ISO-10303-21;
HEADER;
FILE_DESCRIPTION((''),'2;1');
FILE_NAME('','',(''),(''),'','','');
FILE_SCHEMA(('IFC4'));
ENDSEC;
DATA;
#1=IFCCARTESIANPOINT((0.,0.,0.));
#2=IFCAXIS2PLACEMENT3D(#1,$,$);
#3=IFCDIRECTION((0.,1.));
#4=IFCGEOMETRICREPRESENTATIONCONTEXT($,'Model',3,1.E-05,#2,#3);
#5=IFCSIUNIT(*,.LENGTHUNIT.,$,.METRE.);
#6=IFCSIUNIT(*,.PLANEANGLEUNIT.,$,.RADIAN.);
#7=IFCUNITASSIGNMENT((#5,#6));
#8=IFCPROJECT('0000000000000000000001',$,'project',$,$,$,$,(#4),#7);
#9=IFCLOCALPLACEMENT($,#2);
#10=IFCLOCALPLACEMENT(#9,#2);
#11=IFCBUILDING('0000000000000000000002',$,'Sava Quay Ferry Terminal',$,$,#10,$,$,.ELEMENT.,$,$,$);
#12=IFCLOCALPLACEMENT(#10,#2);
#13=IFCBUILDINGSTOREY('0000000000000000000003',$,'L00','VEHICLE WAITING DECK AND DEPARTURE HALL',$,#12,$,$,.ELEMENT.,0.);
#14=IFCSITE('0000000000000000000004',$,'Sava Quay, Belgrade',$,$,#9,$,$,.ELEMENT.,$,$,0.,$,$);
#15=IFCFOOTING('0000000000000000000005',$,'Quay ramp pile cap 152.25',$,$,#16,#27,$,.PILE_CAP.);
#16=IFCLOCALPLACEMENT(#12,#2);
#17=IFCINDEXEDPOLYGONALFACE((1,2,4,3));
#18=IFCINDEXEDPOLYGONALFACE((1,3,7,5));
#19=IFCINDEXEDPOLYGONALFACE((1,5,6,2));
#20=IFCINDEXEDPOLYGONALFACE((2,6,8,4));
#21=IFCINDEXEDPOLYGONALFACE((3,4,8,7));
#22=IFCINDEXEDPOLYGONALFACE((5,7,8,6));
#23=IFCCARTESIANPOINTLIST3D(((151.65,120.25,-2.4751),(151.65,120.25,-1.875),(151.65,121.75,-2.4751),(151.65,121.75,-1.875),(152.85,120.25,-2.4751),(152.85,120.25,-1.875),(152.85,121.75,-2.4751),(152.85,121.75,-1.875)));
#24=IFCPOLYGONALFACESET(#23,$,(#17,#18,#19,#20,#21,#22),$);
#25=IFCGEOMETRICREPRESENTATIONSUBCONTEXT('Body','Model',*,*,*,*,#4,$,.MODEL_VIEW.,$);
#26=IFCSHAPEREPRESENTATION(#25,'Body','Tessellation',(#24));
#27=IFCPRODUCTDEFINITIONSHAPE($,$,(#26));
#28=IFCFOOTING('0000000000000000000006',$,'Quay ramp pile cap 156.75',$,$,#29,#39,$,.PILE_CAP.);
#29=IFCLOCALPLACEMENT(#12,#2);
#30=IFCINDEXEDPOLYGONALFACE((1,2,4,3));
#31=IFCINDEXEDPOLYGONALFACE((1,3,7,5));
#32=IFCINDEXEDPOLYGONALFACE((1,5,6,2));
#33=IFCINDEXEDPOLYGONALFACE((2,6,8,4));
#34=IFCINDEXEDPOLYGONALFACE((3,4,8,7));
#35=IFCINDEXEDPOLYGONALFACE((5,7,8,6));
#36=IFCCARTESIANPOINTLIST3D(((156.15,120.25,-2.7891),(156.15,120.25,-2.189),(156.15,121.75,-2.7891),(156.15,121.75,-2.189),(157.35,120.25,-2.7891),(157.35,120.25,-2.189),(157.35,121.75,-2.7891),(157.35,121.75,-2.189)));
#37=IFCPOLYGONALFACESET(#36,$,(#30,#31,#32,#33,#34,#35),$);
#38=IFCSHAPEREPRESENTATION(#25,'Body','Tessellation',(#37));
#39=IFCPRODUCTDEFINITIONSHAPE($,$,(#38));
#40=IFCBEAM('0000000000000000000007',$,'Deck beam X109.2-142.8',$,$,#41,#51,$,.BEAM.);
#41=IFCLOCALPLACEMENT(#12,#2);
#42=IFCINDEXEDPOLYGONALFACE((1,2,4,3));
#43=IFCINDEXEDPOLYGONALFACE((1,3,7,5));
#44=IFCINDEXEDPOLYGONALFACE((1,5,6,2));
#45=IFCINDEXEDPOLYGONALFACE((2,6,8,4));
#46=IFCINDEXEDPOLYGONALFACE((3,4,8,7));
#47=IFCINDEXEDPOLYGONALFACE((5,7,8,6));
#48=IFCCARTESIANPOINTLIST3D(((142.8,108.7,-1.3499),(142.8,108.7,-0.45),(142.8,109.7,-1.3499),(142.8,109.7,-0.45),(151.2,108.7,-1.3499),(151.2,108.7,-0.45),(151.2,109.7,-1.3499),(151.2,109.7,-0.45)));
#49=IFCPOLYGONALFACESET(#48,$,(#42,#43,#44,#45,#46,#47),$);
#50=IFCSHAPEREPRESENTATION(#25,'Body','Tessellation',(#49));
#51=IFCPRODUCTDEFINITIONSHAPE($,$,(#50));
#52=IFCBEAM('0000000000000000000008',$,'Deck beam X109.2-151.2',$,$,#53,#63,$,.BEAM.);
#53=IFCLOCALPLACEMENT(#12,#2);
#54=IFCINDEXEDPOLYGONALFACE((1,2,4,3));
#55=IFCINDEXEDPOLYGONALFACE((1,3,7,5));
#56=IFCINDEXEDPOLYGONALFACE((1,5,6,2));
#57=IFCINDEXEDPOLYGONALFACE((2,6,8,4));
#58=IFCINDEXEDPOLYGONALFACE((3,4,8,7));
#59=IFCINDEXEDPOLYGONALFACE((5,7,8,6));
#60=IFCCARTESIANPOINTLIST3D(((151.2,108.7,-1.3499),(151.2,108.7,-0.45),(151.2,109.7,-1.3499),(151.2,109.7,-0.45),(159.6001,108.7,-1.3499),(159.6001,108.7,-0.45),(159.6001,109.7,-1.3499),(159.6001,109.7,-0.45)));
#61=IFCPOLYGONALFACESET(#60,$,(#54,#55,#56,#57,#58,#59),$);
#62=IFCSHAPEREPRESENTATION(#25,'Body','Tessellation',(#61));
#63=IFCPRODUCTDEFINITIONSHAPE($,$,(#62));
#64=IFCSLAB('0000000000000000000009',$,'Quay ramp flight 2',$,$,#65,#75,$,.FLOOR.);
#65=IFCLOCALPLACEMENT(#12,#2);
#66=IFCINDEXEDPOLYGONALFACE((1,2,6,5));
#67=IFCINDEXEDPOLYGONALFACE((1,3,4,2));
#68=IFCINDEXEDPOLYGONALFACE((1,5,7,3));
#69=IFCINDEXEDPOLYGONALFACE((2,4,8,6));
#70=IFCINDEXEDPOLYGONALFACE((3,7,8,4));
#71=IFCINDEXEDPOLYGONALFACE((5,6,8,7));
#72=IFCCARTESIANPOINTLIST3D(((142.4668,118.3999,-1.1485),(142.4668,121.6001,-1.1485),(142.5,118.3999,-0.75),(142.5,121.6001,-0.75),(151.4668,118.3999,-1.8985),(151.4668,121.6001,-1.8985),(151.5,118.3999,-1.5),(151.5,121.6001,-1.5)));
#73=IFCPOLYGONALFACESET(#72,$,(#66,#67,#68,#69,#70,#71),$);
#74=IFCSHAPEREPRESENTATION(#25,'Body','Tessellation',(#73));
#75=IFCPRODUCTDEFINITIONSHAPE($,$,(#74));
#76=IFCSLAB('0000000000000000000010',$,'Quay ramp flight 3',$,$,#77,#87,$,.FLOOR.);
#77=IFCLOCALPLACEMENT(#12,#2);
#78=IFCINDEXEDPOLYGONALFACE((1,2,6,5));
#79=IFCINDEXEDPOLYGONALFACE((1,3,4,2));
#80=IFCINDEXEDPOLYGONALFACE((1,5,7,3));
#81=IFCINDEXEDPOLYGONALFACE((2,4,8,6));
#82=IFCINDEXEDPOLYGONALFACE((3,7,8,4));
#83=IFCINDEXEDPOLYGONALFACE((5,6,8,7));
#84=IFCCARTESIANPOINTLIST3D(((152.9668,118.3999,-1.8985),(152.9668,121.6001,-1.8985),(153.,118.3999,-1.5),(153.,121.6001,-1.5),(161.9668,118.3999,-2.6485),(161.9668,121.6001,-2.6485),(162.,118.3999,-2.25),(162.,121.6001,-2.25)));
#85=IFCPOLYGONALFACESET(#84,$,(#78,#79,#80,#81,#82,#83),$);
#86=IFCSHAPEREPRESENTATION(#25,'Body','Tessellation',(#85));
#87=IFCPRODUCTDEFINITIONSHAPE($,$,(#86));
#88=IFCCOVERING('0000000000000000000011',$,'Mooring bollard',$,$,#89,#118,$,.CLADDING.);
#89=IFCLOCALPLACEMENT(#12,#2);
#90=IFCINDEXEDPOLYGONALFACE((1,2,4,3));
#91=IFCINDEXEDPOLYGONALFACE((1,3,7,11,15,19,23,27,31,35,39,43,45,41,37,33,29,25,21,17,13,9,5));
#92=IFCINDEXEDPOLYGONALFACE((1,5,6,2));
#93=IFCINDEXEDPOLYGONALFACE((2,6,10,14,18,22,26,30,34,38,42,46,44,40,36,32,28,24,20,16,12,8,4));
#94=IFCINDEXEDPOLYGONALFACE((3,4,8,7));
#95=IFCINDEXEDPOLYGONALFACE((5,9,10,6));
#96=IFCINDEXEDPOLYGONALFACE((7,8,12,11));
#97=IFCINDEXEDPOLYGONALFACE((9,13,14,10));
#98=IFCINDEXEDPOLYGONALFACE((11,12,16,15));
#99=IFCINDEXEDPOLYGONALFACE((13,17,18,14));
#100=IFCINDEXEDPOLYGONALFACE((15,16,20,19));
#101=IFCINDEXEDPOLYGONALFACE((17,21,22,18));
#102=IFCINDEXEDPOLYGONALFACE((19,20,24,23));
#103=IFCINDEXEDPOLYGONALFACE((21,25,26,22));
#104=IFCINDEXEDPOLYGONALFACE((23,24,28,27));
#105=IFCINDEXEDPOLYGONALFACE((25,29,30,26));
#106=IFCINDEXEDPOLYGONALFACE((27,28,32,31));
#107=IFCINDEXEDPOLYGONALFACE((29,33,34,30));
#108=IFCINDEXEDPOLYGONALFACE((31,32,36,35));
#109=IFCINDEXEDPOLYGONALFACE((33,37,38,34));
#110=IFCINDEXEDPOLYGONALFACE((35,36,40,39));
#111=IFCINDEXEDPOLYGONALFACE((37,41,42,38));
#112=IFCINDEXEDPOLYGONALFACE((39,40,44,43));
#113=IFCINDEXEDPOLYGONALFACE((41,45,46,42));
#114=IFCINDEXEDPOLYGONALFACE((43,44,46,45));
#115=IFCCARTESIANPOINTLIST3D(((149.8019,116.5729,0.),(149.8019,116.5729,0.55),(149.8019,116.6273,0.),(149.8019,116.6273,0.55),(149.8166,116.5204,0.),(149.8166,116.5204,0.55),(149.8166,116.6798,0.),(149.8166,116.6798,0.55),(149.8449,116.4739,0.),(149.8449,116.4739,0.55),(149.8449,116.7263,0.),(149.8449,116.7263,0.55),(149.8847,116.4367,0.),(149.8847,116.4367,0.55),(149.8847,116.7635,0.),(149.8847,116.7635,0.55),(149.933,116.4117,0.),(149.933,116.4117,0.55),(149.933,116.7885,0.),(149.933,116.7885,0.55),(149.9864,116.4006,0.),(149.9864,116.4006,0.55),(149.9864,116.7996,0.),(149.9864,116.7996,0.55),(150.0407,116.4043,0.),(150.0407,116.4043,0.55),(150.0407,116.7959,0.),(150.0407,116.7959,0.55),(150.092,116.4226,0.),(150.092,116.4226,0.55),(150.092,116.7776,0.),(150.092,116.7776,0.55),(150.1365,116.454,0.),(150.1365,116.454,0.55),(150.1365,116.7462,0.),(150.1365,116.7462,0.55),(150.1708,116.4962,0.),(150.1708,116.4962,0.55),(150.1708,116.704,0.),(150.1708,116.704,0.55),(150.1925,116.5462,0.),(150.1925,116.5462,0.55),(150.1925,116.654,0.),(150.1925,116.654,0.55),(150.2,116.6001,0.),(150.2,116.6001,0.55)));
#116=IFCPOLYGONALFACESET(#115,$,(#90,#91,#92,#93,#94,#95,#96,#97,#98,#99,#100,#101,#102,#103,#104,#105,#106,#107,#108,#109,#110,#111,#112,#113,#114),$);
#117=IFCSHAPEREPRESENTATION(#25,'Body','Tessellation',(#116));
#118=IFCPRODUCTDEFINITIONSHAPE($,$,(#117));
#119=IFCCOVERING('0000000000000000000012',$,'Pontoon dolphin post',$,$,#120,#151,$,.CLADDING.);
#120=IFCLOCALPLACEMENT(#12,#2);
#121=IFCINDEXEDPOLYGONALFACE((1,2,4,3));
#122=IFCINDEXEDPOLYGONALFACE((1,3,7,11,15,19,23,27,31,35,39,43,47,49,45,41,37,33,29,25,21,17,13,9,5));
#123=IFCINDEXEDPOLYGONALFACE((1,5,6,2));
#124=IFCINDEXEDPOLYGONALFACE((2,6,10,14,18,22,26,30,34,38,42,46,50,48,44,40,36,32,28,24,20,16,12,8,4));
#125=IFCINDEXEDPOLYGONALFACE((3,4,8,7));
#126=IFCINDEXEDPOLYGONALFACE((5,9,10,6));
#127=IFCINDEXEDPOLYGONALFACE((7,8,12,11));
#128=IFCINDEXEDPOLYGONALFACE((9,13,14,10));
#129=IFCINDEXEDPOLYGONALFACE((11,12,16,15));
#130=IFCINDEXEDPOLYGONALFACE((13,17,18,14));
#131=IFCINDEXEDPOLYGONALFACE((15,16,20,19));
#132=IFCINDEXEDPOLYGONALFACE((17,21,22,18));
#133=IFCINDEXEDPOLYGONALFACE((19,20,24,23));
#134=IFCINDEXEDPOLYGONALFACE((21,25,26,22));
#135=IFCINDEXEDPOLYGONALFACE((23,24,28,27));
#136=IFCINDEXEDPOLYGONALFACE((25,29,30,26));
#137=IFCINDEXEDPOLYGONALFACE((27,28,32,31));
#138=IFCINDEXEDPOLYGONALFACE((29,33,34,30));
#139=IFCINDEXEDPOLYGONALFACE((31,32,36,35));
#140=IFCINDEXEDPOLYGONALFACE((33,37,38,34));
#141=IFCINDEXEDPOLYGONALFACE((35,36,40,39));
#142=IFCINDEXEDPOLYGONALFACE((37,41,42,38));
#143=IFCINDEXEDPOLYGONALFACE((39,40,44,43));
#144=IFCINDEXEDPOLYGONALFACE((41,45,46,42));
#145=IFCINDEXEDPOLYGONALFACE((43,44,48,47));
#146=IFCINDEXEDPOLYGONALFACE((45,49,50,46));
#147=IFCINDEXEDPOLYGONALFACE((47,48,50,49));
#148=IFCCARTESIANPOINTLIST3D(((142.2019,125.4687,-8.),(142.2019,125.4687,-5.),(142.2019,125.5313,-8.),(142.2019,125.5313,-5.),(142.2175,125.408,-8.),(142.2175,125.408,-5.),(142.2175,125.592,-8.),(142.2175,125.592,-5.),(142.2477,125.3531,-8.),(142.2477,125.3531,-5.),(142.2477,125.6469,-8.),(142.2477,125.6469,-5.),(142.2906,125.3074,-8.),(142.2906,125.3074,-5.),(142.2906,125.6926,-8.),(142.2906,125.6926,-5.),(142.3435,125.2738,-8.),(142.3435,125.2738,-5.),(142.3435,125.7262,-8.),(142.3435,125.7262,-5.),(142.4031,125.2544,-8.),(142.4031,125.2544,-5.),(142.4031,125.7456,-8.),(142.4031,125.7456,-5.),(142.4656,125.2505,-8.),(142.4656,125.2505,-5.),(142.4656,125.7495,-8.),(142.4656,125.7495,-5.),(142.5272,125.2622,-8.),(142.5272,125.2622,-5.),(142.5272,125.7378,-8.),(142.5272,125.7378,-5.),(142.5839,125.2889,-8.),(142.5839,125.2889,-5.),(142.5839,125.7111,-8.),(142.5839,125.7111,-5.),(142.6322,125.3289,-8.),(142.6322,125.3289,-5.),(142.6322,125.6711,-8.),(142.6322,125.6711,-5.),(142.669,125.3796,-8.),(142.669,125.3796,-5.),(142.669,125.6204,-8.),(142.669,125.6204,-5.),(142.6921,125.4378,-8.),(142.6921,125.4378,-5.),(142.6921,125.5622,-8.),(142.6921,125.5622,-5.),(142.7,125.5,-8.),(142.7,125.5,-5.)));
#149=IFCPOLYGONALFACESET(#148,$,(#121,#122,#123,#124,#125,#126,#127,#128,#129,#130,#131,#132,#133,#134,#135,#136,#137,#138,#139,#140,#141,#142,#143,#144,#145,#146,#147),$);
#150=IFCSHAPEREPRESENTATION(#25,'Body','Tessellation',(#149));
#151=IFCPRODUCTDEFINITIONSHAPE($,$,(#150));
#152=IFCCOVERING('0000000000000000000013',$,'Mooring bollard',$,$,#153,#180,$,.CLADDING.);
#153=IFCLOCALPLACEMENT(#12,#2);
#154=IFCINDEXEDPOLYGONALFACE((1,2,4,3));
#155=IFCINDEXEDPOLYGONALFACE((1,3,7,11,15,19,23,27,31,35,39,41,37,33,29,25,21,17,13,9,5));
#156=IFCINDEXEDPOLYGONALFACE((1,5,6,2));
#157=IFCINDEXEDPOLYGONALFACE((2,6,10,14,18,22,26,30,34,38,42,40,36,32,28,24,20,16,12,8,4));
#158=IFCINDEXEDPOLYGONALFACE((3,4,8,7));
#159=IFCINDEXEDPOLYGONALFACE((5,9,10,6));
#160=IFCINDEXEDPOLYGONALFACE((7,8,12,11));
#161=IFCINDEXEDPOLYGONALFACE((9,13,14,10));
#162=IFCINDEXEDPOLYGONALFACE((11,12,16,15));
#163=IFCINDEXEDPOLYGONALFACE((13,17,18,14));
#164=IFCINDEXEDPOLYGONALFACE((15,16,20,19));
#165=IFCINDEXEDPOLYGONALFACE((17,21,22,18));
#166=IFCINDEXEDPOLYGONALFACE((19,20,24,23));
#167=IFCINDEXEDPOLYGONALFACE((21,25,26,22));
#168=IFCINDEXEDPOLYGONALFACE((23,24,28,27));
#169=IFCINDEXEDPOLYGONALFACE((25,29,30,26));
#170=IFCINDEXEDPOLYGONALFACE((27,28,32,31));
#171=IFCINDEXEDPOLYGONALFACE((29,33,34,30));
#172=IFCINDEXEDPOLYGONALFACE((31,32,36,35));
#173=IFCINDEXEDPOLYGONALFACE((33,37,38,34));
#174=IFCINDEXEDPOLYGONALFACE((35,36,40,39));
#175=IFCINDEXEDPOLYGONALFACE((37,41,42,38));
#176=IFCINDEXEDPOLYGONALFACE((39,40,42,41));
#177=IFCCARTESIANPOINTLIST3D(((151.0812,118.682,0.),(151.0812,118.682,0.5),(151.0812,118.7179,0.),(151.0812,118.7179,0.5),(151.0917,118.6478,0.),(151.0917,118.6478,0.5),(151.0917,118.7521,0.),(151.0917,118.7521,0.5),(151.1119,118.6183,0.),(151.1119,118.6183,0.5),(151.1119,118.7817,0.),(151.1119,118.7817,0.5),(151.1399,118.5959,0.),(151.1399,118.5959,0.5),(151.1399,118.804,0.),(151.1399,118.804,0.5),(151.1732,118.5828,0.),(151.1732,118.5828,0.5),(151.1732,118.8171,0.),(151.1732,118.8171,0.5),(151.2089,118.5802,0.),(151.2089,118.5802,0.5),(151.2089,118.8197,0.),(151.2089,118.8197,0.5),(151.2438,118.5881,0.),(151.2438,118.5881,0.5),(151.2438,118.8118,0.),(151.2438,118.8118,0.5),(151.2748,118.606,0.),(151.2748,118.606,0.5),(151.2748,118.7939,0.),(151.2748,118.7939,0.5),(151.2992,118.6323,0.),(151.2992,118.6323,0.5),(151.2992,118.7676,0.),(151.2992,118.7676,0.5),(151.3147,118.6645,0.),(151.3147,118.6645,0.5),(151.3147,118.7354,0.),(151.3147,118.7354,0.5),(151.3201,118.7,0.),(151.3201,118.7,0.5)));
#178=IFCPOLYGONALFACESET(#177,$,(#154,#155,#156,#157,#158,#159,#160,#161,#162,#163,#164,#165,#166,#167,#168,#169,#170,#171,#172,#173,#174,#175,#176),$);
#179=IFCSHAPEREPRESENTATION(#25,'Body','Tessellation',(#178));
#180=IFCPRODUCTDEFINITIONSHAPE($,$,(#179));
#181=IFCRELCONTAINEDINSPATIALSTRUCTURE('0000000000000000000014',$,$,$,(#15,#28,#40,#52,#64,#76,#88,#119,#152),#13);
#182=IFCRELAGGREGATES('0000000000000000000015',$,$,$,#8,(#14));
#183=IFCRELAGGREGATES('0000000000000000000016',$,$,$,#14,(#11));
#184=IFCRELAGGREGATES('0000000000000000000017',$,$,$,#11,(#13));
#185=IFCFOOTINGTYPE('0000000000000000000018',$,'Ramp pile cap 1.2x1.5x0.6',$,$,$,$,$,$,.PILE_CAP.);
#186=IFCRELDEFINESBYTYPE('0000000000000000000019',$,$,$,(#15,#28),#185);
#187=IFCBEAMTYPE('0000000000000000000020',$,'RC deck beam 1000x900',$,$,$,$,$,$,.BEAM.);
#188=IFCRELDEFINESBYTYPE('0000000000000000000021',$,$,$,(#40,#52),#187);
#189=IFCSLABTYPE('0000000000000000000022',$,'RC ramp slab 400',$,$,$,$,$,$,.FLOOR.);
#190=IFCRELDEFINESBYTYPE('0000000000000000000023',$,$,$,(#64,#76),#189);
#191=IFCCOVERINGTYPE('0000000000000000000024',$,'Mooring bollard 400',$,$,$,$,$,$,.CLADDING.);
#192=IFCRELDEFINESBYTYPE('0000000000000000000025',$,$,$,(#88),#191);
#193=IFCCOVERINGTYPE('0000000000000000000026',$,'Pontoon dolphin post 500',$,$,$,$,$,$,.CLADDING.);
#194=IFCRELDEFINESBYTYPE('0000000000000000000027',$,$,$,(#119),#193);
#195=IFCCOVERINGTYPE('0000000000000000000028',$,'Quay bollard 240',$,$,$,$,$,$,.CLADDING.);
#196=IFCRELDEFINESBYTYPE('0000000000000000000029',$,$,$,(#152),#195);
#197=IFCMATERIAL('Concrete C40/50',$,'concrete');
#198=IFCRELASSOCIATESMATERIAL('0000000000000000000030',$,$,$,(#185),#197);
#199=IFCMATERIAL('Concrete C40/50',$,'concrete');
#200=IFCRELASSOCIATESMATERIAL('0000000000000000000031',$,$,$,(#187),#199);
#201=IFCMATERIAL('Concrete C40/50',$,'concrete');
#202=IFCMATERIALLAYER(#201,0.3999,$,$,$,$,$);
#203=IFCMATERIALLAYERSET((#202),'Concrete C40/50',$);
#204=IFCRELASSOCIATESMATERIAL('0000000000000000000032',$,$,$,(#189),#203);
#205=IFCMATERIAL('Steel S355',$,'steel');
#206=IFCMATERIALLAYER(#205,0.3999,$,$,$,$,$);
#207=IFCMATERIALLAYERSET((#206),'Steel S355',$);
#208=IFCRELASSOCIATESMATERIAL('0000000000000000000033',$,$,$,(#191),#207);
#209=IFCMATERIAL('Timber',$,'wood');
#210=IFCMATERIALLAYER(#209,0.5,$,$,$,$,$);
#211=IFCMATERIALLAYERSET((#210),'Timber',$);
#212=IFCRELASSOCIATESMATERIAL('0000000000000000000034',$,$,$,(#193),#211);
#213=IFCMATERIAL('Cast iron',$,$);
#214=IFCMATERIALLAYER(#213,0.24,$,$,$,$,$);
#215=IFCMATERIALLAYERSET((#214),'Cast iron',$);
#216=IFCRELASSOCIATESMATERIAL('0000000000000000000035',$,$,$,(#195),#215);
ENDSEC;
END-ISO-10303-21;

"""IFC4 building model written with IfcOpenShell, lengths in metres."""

from ifc_helpers import new_model, si_unit, direction, frame, origin, origin_2d, place, context, subcontext, project, spatial, polyline, rectangle, circle, outline, extrude, material, layer, layer_set, material_profile, profile_set, type_object, element, save


model = new_model("IFC4")

# Units and contexts
model_context = context("Model", 3, precision=1e-05, world=origin(), true_north=direction((0.0, 1.0)))
body_context = subcontext(model_context, "Body", "Model", "MODEL_VIEW")
ifc_project = project(units=[si_unit("LENGTHUNIT", "METRE"), si_unit("PLANEANGLEUNIT", "RADIAN")], contexts=[model_context])

# Site, building, storey
site_placement = place(None, origin())
site = spatial("IfcSite", under=ifc_project, at=site_placement, Name="Sava Quay, Belgrade", CompositionType="ELEMENT", RefElevation=0.0)
building_placement = place(site_placement, origin())
building = spatial("IfcBuilding", under=site, at=building_placement, Name="Sava Quay Ferry Terminal", CompositionType="ELEMENT")
storey_placement = place(building_placement, origin())
storey = spatial("IfcBuildingStorey", under=building, at=storey_placement, Name="L00", Description="VEHICLE WAITING DECK AND DEPARTURE HALL", CompositionType="ELEMENT", Elevation=0.0)

# Footings
ifc_material_1 = material(Name="Concrete C40/50", Category="concrete")
footing_type_1 = type_object("IfcFootingType", Name="Ramp pile cap 1.2x1.5x0.6", PredefinedType="PILE_CAP", material=ifc_material_1)
for number, where, z_axis, x_axis, name in (
    (1, (152.25, 121.0, -2.4751), (0.0, 0.0, 1.0), (1.0, 0.0, 0.0), "Quay ramp pile cap 152.25"),
    (2, (156.75, 121.0, -2.7891), (0.0, 0.0, 1.0), (1.0, 0.0, 0.0), "Quay ramp pile cap 156.75"),
):
    element("IfcFooting", number, at=place(storey_placement, frame(where, z_axis=z_axis, x_axis=x_axis)), inside=storey, type_object=footing_type_1, Name=name, PredefinedType="PILE_CAP", context=body_context, shape_type="SweptSolid", body=[
        extrude(rectangle(XDim=1.2, YDim=1.5, at=origin_2d()), origin(), (0.0, 0.0, 1.0), 0.6001),
    ])

# Beams
ifc_material_2 = material(Name="Concrete C40/50", Category="concrete")
ifc_material_profile_1 = material_profile(ifc_material_2, rectangle(XDim=1.0, YDim=0.8999, at=origin_2d()), Name="RC 1000x900")
ifc_profile_set_1 = profile_set([ifc_material_profile_1], Name="Concrete C40/50")
beam_type = type_object("IfcBeamType", Name="RC deck beam 1000x900", PredefinedType="BEAM", material=ifc_profile_set_1)
beam_1_placement = place(storey_placement, frame((142.8, 109.2, -0.8999), z_axis=(1.0, 0.0, 0.0), x_axis=(0.0, 1.0, 0.0)))
element("IfcBeam", 3, at=beam_1_placement, inside=storey, type_object=beam_type, Name="Deck beam X109.2-142.8", PredefinedType="BEAM", context=body_context, shape_type="SweptSolid", body=[
    extrude(rectangle(XDim=1.0, YDim=0.8999, at=origin_2d()), origin(), (0.0, 0.0, 1.0), 8.3999),
])
beam_2_placement = place(storey_placement, frame((151.2, 109.2, -0.8999), z_axis=(1.0, 0.0, 0.0), x_axis=(0.0, 1.0, 0.0)))
element("IfcBeam", 4, at=beam_2_placement, inside=storey, type_object=beam_type, Name="Deck beam X109.2-151.2", PredefinedType="BEAM", context=body_context, shape_type="SweptSolid", body=[
    extrude(rectangle(XDim=1.0, YDim=0.8999, at=origin_2d()), origin(), (0.0, 0.0, 1.0), 8.4001),
])

# Slabs
ifc_material_3 = material(Name="Concrete C40/50", Category="concrete")
ifc_layer_1 = layer(ifc_material_3, 0.3999)
ifc_layer_set_1 = layer_set([ifc_layer_1], Name="Concrete C40/50")
slab_type = type_object("IfcSlabType", Name="RC ramp slab 400", PredefinedType="FLOOR", material=ifc_layer_set_1)
for number, where, z_axis, x_axis, name in (
    (5, (142.5, 118.3999, -0.75), (0.083045, 0.0, 0.996546), (0.996546, 0.0, -0.083045), "Quay ramp flight 2"),
    (6, (153.0, 118.3999, -1.5), (0.083045, 0.0, 0.996546), (0.996546, 0.0, -0.083045), "Quay ramp flight 3"),
):
    element("IfcSlab", number, at=place(storey_placement, frame(where, z_axis=z_axis, x_axis=x_axis)), inside=storey, type_object=slab_type, Name=name, PredefinedType="FLOOR", context=body_context, shape_type="SweptSolid", body=[
        extrude(outline(polyline([(0.0, 0.0), (9.0312, 0.0), (9.0312, 3.2002), (0.0, 3.2002), (0.0, 0.0)])), origin(), (0.0, 0.0, -1.0), 0.3999),
    ])

# Coverings
ifc_material_4 = material(Name="Steel S355", Category="steel")
ifc_layer_2 = layer(ifc_material_4, 0.3999)
ifc_layer_set_2 = layer_set([ifc_layer_2], Name="Steel S355")
covering_type_1 = type_object("IfcCoveringType", Name="Mooring bollard 400", PredefinedType="CLADDING", material=ifc_layer_set_2)
covering_1_placement = place(storey_placement, frame((150.0, 116.6001, 0.55), z_axis=(0.0, 0.0, -1.0), x_axis=(1.0, 0.0, 0.0)))
element("IfcCovering", 7, at=covering_1_placement, inside=storey, type_object=covering_type_1, Name="Mooring bollard", PredefinedType="CLADDING", context=body_context, shape_type="SweptSolid", body=[
    extrude(circle(Radius=0.2, at=origin_2d()), origin(), (0.0, 0.0, 1.0), 0.55),
])
ifc_material_5 = material(Name="Timber", Category="wood")
ifc_layer_3 = layer(ifc_material_5, 0.5)
ifc_layer_set_3 = layer_set([ifc_layer_3], Name="Timber")
covering_type_2 = type_object("IfcCoveringType", Name="Pontoon dolphin post 500", PredefinedType="CLADDING", material=ifc_layer_set_3)
covering_2_placement = place(storey_placement, frame((142.45, 125.5, -5.0), z_axis=(0.0, 0.0, -1.0), x_axis=(1.0, 0.0, 0.0)))
element("IfcCovering", 8, at=covering_2_placement, inside=storey, type_object=covering_type_2, Name="Pontoon dolphin post", PredefinedType="CLADDING", context=body_context, shape_type="SweptSolid", body=[
    extrude(circle(Radius=0.25, at=origin_2d()), origin(), (0.0, 0.0, 1.0), 3.0),
])
ifc_material_6 = material(Name="Cast iron")
ifc_layer_4 = layer(ifc_material_6, 0.24)
ifc_layer_set_4 = layer_set([ifc_layer_4], Name="Cast iron")
covering_type_3 = type_object("IfcCoveringType", Name="Quay bollard 240", PredefinedType="CLADDING", material=ifc_layer_set_4)
covering_3_placement = place(storey_placement, frame((151.2, 118.7, 0.5), z_axis=(0.0, 0.0, -1.0), x_axis=(1.0, 0.0, 0.0)))
element("IfcCovering", 9, at=covering_3_placement, inside=storey, type_object=covering_type_3, Name="Mooring bollard", PredefinedType="CLADDING", context=body_context, shape_type="SweptSolid", body=[
    extrude(circle(Radius=0.1201, at=origin_2d()), origin(), (0.0, 0.0, 1.0), 0.5),
])

save(model, "model.ifc")
